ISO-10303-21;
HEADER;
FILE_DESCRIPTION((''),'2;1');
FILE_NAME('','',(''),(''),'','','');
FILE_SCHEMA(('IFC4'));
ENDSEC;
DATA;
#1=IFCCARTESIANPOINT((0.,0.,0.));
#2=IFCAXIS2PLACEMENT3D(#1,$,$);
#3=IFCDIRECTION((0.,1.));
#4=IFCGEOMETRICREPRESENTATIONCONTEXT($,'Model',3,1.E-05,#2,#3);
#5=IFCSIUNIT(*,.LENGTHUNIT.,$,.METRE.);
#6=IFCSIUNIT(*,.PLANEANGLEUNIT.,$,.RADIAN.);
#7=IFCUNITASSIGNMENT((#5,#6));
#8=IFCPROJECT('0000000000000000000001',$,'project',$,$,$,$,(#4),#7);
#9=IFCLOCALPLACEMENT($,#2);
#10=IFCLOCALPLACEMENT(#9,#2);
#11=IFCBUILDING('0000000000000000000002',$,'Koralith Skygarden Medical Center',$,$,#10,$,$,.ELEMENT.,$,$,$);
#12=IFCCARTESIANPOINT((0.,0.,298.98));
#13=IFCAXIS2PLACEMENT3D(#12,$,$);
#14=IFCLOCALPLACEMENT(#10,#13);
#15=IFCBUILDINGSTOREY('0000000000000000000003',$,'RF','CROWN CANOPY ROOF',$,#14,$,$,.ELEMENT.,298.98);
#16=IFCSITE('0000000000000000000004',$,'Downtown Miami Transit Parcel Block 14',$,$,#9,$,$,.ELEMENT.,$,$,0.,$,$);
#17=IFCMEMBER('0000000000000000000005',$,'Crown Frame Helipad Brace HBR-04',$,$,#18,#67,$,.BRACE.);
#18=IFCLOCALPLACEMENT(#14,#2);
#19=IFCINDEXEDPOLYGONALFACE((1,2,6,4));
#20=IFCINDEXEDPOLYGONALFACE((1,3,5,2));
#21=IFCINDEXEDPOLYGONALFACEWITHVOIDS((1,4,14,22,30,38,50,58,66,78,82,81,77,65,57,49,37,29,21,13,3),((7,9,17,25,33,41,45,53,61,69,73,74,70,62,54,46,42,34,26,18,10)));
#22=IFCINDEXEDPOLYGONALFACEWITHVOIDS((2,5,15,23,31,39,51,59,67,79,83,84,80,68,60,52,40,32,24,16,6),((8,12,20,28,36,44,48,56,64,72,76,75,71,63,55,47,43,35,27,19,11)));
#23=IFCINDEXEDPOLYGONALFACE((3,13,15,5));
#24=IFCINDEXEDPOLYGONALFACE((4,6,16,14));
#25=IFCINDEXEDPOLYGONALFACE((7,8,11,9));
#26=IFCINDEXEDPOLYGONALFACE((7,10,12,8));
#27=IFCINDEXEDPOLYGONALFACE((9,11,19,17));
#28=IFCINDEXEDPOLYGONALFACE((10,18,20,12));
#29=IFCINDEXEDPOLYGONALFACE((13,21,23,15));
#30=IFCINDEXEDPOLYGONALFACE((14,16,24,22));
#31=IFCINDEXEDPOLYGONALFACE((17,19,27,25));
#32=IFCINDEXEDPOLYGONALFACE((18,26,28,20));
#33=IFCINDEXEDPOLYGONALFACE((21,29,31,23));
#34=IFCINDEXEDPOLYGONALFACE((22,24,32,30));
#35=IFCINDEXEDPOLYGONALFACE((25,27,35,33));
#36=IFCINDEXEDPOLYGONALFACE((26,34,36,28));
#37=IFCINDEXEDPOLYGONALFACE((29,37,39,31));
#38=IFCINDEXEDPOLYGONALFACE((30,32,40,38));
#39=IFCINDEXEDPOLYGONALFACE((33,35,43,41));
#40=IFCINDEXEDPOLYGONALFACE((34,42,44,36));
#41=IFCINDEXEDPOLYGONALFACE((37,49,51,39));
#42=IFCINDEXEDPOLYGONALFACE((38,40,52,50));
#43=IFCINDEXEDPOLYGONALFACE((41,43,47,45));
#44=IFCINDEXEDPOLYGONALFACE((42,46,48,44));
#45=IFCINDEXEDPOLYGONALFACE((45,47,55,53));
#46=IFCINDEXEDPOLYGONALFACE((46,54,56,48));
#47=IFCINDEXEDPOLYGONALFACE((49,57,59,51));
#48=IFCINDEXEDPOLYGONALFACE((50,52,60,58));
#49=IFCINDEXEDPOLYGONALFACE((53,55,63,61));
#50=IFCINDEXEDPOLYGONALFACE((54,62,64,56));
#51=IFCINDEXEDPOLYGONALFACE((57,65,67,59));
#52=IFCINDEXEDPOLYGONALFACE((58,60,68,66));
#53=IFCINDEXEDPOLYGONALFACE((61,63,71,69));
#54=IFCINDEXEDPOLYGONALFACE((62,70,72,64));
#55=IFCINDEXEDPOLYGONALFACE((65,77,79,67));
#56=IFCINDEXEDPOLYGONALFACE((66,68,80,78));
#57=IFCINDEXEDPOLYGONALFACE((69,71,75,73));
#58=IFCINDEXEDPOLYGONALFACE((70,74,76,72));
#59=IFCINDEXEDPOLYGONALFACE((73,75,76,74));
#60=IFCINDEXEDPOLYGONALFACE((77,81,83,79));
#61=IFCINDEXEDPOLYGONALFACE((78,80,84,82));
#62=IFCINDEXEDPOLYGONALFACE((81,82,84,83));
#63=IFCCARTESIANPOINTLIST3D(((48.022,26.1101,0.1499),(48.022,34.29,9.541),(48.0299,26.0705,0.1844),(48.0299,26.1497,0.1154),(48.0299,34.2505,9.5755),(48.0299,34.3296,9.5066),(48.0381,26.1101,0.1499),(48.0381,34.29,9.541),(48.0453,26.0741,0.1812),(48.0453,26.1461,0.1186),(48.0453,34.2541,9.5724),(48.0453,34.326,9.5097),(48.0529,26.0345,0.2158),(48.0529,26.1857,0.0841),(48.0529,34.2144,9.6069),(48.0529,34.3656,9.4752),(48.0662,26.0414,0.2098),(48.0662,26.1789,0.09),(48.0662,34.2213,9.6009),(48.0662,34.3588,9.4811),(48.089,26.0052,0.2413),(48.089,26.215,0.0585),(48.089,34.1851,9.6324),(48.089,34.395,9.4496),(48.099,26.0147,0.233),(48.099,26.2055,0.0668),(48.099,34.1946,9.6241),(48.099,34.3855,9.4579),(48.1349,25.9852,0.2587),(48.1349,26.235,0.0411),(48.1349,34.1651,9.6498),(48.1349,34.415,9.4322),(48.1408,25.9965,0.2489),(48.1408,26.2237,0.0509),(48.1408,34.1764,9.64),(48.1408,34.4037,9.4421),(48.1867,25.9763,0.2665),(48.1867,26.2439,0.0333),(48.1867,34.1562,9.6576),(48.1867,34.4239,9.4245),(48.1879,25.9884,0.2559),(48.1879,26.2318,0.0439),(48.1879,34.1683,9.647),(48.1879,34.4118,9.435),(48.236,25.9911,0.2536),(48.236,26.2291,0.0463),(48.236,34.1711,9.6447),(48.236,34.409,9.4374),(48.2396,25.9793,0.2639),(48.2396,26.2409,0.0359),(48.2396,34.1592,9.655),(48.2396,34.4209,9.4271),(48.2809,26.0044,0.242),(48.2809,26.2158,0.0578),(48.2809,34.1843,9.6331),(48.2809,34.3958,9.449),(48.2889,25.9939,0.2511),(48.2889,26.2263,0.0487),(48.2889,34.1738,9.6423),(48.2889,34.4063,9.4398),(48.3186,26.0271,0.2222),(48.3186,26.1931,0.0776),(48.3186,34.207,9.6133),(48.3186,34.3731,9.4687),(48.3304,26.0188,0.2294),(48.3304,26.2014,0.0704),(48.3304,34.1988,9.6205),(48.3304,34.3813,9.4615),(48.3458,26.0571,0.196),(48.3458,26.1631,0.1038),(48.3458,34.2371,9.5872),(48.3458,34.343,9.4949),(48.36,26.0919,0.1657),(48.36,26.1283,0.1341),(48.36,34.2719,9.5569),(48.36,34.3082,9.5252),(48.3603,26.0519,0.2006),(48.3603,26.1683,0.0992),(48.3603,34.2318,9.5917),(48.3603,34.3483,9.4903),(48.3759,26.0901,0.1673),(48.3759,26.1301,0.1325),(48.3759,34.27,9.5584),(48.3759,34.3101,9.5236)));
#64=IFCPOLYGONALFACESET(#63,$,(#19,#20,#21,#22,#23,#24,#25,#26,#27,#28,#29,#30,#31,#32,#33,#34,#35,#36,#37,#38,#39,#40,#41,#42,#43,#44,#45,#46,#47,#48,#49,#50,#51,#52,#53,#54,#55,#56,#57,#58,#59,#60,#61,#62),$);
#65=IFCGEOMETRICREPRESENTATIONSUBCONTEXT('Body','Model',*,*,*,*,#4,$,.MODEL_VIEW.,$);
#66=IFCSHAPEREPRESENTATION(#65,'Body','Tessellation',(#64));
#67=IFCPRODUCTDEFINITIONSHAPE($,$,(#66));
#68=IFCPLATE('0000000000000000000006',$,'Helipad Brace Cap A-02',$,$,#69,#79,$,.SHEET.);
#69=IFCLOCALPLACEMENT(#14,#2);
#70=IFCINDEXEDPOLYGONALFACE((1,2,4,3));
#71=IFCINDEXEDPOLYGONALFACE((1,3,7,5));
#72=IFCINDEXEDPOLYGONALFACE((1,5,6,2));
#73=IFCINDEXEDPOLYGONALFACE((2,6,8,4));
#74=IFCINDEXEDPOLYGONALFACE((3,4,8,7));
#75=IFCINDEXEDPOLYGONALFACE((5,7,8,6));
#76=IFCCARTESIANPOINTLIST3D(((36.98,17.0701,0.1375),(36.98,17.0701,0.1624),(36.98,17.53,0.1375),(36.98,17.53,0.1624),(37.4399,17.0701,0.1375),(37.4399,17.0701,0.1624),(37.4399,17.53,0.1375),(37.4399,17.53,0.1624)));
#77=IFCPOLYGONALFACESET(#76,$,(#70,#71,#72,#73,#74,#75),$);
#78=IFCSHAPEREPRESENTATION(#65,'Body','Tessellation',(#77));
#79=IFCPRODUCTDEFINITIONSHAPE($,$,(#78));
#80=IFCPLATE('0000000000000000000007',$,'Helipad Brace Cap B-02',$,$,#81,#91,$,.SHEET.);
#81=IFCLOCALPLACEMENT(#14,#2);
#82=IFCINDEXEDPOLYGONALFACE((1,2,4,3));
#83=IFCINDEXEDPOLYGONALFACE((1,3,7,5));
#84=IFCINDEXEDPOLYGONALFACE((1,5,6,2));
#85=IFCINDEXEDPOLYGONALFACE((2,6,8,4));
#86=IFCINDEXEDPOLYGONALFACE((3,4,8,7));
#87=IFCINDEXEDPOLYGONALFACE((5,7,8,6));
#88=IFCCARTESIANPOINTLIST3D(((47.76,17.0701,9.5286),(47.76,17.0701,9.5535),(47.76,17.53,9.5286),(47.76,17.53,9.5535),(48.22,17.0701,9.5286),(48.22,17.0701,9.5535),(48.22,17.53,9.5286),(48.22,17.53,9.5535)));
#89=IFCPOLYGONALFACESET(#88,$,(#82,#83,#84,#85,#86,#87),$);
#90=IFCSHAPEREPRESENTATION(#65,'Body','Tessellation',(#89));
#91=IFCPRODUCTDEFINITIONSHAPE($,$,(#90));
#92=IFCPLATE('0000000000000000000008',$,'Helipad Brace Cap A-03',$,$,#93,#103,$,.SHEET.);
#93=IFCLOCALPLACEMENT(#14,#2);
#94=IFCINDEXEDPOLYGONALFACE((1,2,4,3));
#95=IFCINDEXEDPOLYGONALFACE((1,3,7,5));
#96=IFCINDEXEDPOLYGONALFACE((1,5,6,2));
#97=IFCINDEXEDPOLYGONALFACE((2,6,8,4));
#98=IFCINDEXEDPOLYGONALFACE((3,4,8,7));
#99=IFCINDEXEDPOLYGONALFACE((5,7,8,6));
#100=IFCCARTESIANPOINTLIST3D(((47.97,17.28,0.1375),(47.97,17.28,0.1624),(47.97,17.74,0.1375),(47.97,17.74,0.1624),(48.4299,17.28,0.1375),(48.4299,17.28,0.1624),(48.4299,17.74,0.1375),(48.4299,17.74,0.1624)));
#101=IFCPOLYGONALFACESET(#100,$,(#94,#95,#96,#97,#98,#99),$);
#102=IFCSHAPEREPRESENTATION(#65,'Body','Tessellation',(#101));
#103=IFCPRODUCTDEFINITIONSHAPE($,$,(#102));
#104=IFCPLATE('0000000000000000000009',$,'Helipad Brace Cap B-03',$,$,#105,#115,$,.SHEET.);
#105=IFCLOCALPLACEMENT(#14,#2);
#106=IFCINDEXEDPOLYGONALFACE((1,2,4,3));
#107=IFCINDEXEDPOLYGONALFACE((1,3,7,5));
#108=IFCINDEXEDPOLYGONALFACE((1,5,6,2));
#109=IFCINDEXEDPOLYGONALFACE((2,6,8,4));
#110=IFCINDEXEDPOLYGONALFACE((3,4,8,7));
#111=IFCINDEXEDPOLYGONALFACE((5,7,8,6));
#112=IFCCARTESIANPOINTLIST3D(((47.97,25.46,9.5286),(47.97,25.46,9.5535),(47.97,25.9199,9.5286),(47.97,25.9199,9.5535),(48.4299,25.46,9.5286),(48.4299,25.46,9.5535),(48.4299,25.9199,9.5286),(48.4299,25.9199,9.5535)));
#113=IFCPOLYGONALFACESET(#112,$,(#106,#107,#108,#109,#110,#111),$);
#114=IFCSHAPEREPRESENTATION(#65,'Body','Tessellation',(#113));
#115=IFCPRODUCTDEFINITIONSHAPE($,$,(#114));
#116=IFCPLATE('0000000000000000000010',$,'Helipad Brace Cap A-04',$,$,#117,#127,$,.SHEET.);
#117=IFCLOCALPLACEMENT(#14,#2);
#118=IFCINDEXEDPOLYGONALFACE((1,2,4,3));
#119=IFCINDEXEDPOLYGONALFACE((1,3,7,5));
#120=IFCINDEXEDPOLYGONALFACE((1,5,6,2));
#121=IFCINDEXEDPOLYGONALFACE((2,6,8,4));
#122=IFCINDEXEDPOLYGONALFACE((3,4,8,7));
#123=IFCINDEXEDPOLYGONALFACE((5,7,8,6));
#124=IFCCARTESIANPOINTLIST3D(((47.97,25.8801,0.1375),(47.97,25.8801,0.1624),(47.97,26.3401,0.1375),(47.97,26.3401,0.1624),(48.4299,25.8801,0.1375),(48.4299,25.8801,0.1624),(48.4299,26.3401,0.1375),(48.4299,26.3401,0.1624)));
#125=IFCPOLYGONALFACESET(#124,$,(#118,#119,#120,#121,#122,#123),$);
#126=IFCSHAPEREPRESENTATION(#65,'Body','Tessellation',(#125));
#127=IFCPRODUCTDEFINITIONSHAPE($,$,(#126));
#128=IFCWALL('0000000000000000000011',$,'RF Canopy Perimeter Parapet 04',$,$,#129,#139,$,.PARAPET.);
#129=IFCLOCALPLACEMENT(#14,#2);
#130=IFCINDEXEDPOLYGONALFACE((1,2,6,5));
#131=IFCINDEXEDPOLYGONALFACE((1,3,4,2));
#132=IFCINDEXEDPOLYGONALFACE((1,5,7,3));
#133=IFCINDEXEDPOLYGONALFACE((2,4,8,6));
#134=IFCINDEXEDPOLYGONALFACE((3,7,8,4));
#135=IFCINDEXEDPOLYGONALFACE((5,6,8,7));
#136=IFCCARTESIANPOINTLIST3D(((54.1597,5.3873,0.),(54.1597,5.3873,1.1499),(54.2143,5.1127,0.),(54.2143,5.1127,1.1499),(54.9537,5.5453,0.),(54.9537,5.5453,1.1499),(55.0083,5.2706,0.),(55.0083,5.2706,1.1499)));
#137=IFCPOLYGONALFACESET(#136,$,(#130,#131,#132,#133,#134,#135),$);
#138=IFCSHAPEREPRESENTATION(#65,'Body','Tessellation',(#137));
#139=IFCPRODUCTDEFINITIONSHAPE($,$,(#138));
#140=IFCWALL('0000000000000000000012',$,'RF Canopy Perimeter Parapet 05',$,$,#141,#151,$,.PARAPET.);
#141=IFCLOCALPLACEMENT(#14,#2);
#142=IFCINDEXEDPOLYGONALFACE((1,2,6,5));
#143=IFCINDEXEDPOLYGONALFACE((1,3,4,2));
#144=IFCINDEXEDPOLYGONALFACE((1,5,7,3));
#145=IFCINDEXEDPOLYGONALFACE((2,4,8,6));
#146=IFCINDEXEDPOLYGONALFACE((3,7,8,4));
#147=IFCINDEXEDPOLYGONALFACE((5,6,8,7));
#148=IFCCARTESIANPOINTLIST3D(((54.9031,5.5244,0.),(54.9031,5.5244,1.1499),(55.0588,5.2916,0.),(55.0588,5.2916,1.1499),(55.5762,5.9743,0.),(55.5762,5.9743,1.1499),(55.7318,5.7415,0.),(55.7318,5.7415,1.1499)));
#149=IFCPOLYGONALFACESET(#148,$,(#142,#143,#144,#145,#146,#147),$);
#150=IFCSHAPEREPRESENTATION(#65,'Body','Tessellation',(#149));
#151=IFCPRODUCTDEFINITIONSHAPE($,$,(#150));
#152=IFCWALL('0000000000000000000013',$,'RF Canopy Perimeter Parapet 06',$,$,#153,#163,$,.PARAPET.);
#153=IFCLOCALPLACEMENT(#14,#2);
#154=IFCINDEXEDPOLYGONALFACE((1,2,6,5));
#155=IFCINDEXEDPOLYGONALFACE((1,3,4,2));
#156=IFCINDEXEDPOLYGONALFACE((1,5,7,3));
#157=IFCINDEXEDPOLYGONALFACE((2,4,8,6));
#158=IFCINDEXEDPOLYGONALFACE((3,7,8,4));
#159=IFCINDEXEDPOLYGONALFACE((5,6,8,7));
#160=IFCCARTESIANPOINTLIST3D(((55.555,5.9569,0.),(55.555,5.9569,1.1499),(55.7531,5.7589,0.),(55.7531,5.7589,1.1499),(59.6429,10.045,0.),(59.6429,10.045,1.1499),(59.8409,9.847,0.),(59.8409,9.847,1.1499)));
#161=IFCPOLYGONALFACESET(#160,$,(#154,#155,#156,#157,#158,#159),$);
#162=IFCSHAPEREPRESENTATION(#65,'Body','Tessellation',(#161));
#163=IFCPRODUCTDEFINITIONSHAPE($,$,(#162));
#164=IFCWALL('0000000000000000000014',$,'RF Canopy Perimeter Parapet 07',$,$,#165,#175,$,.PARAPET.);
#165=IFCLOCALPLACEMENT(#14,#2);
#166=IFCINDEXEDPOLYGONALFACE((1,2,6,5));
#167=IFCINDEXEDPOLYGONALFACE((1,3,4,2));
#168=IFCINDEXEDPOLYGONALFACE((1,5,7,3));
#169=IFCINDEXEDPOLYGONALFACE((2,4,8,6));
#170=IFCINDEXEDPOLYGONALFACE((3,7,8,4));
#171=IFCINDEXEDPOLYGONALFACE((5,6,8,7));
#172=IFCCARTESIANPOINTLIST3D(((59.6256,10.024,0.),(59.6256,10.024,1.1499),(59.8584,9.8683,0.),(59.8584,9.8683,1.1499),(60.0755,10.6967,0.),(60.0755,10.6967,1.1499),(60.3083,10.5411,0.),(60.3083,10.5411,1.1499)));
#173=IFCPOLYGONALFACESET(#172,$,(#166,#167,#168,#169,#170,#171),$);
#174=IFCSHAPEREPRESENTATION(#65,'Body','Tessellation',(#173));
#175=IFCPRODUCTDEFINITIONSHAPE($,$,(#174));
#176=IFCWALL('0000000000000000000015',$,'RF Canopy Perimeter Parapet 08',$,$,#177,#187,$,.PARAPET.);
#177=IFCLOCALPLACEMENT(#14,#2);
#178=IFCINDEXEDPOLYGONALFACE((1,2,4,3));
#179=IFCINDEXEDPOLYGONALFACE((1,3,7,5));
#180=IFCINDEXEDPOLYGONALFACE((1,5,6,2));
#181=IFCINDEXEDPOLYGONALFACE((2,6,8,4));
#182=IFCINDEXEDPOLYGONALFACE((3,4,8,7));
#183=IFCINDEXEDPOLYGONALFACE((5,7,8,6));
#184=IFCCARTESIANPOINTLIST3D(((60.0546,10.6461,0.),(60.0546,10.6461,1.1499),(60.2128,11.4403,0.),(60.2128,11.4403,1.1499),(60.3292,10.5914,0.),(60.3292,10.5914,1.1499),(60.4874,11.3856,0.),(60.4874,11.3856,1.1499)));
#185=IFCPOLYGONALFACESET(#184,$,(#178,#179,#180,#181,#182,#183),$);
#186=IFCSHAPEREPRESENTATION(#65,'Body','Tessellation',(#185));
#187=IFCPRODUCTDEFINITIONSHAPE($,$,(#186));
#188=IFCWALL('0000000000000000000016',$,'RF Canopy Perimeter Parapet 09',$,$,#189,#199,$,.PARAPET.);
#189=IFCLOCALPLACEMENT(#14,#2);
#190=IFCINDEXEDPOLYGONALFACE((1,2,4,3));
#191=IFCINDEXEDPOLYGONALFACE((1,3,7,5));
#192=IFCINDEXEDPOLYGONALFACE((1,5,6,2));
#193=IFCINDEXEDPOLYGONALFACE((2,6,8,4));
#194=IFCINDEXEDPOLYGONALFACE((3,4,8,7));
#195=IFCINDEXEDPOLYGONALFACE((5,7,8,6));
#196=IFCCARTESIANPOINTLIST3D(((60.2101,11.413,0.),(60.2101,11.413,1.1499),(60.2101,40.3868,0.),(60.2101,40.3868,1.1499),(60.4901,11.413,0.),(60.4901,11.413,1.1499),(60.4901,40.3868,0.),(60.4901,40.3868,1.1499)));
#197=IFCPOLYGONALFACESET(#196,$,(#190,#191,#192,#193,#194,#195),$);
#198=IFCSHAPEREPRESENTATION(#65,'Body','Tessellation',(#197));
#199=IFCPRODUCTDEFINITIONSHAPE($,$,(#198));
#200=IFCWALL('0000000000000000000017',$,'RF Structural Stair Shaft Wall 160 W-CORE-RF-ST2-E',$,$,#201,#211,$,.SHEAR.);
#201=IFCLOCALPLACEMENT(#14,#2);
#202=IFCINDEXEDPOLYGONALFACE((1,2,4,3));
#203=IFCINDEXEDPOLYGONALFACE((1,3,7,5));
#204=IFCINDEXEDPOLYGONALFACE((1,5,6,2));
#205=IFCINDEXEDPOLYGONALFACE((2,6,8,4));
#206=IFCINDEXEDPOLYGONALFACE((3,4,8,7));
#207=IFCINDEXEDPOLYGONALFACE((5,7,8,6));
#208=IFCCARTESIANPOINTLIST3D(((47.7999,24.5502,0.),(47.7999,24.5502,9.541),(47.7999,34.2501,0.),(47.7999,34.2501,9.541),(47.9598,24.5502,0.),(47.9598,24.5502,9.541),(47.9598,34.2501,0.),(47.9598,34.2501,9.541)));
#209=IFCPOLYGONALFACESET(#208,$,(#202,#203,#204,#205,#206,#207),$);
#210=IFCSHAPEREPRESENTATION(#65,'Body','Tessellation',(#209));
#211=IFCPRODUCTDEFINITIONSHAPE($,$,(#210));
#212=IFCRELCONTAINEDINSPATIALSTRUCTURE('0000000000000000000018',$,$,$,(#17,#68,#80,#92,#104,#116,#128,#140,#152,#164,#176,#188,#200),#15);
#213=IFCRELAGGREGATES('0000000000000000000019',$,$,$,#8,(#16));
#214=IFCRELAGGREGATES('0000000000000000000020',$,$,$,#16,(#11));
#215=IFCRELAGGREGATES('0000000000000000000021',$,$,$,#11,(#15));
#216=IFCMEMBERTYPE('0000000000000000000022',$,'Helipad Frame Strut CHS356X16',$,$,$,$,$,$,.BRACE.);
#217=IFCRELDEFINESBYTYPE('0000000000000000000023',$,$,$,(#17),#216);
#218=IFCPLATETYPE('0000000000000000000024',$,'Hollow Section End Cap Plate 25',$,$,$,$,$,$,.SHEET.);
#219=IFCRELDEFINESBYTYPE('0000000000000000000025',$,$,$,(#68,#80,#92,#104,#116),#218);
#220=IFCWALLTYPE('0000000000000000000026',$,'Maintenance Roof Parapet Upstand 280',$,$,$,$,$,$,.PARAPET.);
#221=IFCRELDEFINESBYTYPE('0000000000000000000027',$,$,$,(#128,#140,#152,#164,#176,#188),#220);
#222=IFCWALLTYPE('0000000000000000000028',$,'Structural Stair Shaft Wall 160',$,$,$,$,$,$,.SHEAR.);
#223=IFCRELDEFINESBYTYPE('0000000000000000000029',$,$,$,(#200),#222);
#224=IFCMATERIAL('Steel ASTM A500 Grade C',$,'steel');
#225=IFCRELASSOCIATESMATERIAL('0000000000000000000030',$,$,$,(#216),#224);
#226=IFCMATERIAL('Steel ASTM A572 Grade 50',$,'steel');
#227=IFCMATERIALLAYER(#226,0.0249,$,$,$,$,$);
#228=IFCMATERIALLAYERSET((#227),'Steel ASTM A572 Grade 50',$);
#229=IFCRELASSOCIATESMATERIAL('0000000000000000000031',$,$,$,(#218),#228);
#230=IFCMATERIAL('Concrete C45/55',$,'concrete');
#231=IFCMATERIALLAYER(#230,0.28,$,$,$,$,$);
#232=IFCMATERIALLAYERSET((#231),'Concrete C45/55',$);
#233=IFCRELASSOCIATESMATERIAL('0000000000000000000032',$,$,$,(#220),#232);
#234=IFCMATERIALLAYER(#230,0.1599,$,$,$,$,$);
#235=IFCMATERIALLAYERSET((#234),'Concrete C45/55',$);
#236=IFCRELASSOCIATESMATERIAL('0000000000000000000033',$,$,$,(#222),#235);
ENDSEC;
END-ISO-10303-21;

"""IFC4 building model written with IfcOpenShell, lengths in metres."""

from ifc_helpers import new_model, si_unit, direction, frame, frame_2d, origin, origin_2d, place, context, subcontext, project, spatial, rectangle, hollow_circle, extrude, material, layer, layer_set, material_profile, profile_set, type_object, element, save


model = new_model("IFC4")

# Units and contexts
model_context = context("Model", 3, precision=1e-05, world=origin(), true_north=direction((0.0, 1.0)))
body_context = subcontext(model_context, "Body", "Model", "MODEL_VIEW")
ifc_project = project(units=[si_unit("LENGTHUNIT", "METRE"), si_unit("PLANEANGLEUNIT", "RADIAN")], contexts=[model_context])

# Site, building, storey
site_placement = place(None, origin())
site = spatial("IfcSite", under=ifc_project, at=site_placement, Name="Downtown Miami Transit Parcel Block 14", CompositionType="ELEMENT", RefElevation=0.0)
building_placement = place(site_placement, origin())
building = spatial("IfcBuilding", under=site, at=building_placement, Name="Koralith Skygarden Medical Center", CompositionType="ELEMENT")
storey_placement = place(building_placement, frame((0.0, 0.0, 298.98)))
storey = spatial("IfcBuildingStorey", under=building, at=storey_placement, Name="RF", Description="CROWN CANOPY ROOF", CompositionType="ELEMENT", Elevation=298.98)

# Member
ifc_material_1 = material(Name="Steel ASTM A500 Grade C", Category="steel")
ifc_material_profile_1 = material_profile(ifc_material_1, hollow_circle(Radius=0.178, WallThickness=0.0161, at=origin_2d()), Name="CHS356X16")
ifc_profile_set_1 = profile_set([ifc_material_profile_1], Name="Steel ASTM A500 Grade C")
member_type_1 = type_object("IfcMemberType", Name="Helipad Frame Strut CHS356X16", PredefinedType="BRACE", material=ifc_profile_set_1)
member_1_placement = place(storey_placement, frame((48.2, 26.1101, 0.1499), z_axis=(0.0, 0.656807, 0.754059), x_axis=(-1.0, 0.0, 0.0)))
element("IfcMember", 1, at=member_1_placement, inside=storey, type_object=member_type_1, Name="Crown Frame Helipad Brace HBR-04", PredefinedType="BRACE", context=body_context, shape_type="SweptSolid", body=[
    extrude(hollow_circle(Radius=0.178, WallThickness=0.0161, at=origin_2d()), origin(), (0.0, 0.0, 1.0), 12.4541),
])

# Plates
ifc_material_2 = material(Name="Steel ASTM A572 Grade 50", Category="steel")
ifc_layer_1 = layer(ifc_material_2, 0.0249)
ifc_layer_set_1 = layer_set([ifc_layer_1], Name="Steel ASTM A572 Grade 50")
plate_type = type_object("IfcPlateType", Name="Hollow Section End Cap Plate 25", PredefinedType="SHEET", material=ifc_layer_set_1)
for number, where, z_axis, x_axis, name in (
    (2, (37.21, 17.3, 0.1375), (0.0, 0.0, 1.0), (1.0, 0.0, 0.0), "Helipad Brace Cap A-02"),
    (3, (47.99, 17.3, 9.5286), (0.0, 0.0, 1.0), (1.0, 0.0, 0.0), "Helipad Brace Cap B-02"),
    (4, (48.2, 17.51, 0.1375), (0.0, 0.0, 1.0), (1.0, 0.0, 0.0), "Helipad Brace Cap A-03"),
    (5, (48.2, 25.6899, 9.5286), (0.0, 0.0, 1.0), (1.0, 0.0, 0.0), "Helipad Brace Cap B-03"),
    (6, (48.2, 26.1101, 0.1375), (0.0, 0.0, 1.0), (1.0, 0.0, 0.0), "Helipad Brace Cap A-04"),
):
    element("IfcPlate", number, at=place(storey_placement, frame(where, z_axis=z_axis, x_axis=x_axis)), inside=storey, type_object=plate_type, Name=name, PredefinedType="SHEET", context=body_context, shape_type="SweptSolid", body=[
        extrude(rectangle(XDim=0.46, YDim=0.46, at=origin_2d()), origin(), (0.0, 0.0, 1.0), 0.0249),
    ])

# Walls
ifc_material_3 = material(Name="Concrete C45/55", Category="concrete")
ifc_layer_2 = layer(ifc_material_3, 0.28)
ifc_layer_set_2 = layer_set([ifc_layer_2], Name="Concrete C45/55")
wall_type_1 = type_object("IfcWallType", Name="Maintenance Roof Parapet Upstand 280", PredefinedType="PARAPET", material=ifc_layer_set_2)
for number, where, z_axis, x_axis, name in (
    (7, (54.187, 5.25, 0.0), (0.0, 0.0, 1.0), (0.980777, 0.19513, 0.0), "RF Canopy Perimeter Parapet 04"),
    (8, (54.981, 5.408, 0.0), (0.0, 0.0, 1.0), (0.831354, 0.555744, 0.0), "RF Canopy Perimeter Parapet 05"),
):
    element("IfcWall", number, at=place(storey_placement, frame(where, z_axis=z_axis, x_axis=x_axis)), inside=storey, type_object=wall_type_1, Name=name, PredefinedType="PARAPET", context=body_context, shape_type="SweptSolid", body=[
        extrude(rectangle(XDim=0.8096, YDim=0.28, at=frame_2d((0.4048, 0.0))), origin(), (0.0, 0.0, 1.0), 1.1499),
    ])
wall_1_placement = place(storey_placement, frame((55.6541, 5.8579, 0.0), z_axis=(0.0, 0.0, 1.0), x_axis=(0.707086, 0.707128, 0.0)))
element("IfcWall", 9, at=wall_1_placement, inside=storey, type_object=wall_type_1, Name="RF Canopy Perimeter Parapet 06", PredefinedType="PARAPET", context=body_context, shape_type="SweptSolid", body=[
    extrude(rectangle(XDim=5.7812, YDim=0.28, at=frame_2d((2.8906, 0.0))), origin(), (0.0, 0.0, 1.0), 1.1499),
])
wall_2_placement = place(storey_placement, frame((59.7419, 9.946, 0.0), z_axis=(0.0, 0.0, 1.0), x_axis=(0.555883, 0.831261, 0.0)))
element("IfcWall", 10, at=wall_2_placement, inside=storey, type_object=wall_type_1, Name="RF Canopy Perimeter Parapet 07", PredefinedType="PARAPET", context=body_context, shape_type="SweptSolid", body=[
    extrude(rectangle(XDim=0.8093, YDim=0.28, at=frame_2d((0.4048, 0.0))), origin(), (0.0, 0.0, 1.0), 1.1499),
])
wall_3_placement = place(storey_placement, frame((60.1919, 10.6189, 0.0), z_axis=(0.0, 0.0, 1.0), x_axis=(0.195362, 0.980731, 0.0)))
element("IfcWall", 11, at=wall_3_placement, inside=storey, type_object=wall_type_1, Name="RF Canopy Perimeter Parapet 08", PredefinedType="PARAPET", context=body_context, shape_type="SweptSolid", body=[
    extrude(rectangle(XDim=0.8098, YDim=0.28, at=frame_2d((0.4048, 0.0))), origin(), (0.0, 0.0, 1.0), 1.1499),
])
wall_4_placement = place(storey_placement, frame((60.3501, 11.4131, 0.0), z_axis=(0.0, 0.0, 1.0), x_axis=(0.0, 1.0, 0.0)))
element("IfcWall", 12, at=wall_4_placement, inside=storey, type_object=wall_type_1, Name="RF Canopy Perimeter Parapet 09", PredefinedType="PARAPET", context=body_context, shape_type="SweptSolid", body=[
    extrude(rectangle(XDim=28.9739, YDim=0.28, at=frame_2d((14.4868, 0.0))), origin(), (0.0, 0.0, 1.0), 1.1499),
])
ifc_layer_3 = layer(ifc_material_3, 0.1599)
ifc_layer_set_3 = layer_set([ifc_layer_3], Name="Concrete C45/55")
wall_type_2 = type_object("IfcWallType", Name="Structural Stair Shaft Wall 160", PredefinedType="SHEAR", material=ifc_layer_set_3)
wall_5_placement = place(storey_placement, frame((47.8799, 24.55, 0.0), z_axis=(0.0, 0.0, 1.0), x_axis=(0.0, 1.0, 0.0)))
element("IfcWall", 13, at=wall_5_placement, inside=storey, type_object=wall_type_2, Name="RF Structural Stair Shaft Wall 160 W-CORE-RF-ST2-E", PredefinedType="SHEAR", context=body_context, shape_type="SweptSolid", body=[
    extrude(rectangle(XDim=9.7, YDim=0.1599, at=frame_2d((4.8501, 0.0))), origin(), (0.0, 0.0, 1.0), 9.541),
])

save(model, "model.ifc")
